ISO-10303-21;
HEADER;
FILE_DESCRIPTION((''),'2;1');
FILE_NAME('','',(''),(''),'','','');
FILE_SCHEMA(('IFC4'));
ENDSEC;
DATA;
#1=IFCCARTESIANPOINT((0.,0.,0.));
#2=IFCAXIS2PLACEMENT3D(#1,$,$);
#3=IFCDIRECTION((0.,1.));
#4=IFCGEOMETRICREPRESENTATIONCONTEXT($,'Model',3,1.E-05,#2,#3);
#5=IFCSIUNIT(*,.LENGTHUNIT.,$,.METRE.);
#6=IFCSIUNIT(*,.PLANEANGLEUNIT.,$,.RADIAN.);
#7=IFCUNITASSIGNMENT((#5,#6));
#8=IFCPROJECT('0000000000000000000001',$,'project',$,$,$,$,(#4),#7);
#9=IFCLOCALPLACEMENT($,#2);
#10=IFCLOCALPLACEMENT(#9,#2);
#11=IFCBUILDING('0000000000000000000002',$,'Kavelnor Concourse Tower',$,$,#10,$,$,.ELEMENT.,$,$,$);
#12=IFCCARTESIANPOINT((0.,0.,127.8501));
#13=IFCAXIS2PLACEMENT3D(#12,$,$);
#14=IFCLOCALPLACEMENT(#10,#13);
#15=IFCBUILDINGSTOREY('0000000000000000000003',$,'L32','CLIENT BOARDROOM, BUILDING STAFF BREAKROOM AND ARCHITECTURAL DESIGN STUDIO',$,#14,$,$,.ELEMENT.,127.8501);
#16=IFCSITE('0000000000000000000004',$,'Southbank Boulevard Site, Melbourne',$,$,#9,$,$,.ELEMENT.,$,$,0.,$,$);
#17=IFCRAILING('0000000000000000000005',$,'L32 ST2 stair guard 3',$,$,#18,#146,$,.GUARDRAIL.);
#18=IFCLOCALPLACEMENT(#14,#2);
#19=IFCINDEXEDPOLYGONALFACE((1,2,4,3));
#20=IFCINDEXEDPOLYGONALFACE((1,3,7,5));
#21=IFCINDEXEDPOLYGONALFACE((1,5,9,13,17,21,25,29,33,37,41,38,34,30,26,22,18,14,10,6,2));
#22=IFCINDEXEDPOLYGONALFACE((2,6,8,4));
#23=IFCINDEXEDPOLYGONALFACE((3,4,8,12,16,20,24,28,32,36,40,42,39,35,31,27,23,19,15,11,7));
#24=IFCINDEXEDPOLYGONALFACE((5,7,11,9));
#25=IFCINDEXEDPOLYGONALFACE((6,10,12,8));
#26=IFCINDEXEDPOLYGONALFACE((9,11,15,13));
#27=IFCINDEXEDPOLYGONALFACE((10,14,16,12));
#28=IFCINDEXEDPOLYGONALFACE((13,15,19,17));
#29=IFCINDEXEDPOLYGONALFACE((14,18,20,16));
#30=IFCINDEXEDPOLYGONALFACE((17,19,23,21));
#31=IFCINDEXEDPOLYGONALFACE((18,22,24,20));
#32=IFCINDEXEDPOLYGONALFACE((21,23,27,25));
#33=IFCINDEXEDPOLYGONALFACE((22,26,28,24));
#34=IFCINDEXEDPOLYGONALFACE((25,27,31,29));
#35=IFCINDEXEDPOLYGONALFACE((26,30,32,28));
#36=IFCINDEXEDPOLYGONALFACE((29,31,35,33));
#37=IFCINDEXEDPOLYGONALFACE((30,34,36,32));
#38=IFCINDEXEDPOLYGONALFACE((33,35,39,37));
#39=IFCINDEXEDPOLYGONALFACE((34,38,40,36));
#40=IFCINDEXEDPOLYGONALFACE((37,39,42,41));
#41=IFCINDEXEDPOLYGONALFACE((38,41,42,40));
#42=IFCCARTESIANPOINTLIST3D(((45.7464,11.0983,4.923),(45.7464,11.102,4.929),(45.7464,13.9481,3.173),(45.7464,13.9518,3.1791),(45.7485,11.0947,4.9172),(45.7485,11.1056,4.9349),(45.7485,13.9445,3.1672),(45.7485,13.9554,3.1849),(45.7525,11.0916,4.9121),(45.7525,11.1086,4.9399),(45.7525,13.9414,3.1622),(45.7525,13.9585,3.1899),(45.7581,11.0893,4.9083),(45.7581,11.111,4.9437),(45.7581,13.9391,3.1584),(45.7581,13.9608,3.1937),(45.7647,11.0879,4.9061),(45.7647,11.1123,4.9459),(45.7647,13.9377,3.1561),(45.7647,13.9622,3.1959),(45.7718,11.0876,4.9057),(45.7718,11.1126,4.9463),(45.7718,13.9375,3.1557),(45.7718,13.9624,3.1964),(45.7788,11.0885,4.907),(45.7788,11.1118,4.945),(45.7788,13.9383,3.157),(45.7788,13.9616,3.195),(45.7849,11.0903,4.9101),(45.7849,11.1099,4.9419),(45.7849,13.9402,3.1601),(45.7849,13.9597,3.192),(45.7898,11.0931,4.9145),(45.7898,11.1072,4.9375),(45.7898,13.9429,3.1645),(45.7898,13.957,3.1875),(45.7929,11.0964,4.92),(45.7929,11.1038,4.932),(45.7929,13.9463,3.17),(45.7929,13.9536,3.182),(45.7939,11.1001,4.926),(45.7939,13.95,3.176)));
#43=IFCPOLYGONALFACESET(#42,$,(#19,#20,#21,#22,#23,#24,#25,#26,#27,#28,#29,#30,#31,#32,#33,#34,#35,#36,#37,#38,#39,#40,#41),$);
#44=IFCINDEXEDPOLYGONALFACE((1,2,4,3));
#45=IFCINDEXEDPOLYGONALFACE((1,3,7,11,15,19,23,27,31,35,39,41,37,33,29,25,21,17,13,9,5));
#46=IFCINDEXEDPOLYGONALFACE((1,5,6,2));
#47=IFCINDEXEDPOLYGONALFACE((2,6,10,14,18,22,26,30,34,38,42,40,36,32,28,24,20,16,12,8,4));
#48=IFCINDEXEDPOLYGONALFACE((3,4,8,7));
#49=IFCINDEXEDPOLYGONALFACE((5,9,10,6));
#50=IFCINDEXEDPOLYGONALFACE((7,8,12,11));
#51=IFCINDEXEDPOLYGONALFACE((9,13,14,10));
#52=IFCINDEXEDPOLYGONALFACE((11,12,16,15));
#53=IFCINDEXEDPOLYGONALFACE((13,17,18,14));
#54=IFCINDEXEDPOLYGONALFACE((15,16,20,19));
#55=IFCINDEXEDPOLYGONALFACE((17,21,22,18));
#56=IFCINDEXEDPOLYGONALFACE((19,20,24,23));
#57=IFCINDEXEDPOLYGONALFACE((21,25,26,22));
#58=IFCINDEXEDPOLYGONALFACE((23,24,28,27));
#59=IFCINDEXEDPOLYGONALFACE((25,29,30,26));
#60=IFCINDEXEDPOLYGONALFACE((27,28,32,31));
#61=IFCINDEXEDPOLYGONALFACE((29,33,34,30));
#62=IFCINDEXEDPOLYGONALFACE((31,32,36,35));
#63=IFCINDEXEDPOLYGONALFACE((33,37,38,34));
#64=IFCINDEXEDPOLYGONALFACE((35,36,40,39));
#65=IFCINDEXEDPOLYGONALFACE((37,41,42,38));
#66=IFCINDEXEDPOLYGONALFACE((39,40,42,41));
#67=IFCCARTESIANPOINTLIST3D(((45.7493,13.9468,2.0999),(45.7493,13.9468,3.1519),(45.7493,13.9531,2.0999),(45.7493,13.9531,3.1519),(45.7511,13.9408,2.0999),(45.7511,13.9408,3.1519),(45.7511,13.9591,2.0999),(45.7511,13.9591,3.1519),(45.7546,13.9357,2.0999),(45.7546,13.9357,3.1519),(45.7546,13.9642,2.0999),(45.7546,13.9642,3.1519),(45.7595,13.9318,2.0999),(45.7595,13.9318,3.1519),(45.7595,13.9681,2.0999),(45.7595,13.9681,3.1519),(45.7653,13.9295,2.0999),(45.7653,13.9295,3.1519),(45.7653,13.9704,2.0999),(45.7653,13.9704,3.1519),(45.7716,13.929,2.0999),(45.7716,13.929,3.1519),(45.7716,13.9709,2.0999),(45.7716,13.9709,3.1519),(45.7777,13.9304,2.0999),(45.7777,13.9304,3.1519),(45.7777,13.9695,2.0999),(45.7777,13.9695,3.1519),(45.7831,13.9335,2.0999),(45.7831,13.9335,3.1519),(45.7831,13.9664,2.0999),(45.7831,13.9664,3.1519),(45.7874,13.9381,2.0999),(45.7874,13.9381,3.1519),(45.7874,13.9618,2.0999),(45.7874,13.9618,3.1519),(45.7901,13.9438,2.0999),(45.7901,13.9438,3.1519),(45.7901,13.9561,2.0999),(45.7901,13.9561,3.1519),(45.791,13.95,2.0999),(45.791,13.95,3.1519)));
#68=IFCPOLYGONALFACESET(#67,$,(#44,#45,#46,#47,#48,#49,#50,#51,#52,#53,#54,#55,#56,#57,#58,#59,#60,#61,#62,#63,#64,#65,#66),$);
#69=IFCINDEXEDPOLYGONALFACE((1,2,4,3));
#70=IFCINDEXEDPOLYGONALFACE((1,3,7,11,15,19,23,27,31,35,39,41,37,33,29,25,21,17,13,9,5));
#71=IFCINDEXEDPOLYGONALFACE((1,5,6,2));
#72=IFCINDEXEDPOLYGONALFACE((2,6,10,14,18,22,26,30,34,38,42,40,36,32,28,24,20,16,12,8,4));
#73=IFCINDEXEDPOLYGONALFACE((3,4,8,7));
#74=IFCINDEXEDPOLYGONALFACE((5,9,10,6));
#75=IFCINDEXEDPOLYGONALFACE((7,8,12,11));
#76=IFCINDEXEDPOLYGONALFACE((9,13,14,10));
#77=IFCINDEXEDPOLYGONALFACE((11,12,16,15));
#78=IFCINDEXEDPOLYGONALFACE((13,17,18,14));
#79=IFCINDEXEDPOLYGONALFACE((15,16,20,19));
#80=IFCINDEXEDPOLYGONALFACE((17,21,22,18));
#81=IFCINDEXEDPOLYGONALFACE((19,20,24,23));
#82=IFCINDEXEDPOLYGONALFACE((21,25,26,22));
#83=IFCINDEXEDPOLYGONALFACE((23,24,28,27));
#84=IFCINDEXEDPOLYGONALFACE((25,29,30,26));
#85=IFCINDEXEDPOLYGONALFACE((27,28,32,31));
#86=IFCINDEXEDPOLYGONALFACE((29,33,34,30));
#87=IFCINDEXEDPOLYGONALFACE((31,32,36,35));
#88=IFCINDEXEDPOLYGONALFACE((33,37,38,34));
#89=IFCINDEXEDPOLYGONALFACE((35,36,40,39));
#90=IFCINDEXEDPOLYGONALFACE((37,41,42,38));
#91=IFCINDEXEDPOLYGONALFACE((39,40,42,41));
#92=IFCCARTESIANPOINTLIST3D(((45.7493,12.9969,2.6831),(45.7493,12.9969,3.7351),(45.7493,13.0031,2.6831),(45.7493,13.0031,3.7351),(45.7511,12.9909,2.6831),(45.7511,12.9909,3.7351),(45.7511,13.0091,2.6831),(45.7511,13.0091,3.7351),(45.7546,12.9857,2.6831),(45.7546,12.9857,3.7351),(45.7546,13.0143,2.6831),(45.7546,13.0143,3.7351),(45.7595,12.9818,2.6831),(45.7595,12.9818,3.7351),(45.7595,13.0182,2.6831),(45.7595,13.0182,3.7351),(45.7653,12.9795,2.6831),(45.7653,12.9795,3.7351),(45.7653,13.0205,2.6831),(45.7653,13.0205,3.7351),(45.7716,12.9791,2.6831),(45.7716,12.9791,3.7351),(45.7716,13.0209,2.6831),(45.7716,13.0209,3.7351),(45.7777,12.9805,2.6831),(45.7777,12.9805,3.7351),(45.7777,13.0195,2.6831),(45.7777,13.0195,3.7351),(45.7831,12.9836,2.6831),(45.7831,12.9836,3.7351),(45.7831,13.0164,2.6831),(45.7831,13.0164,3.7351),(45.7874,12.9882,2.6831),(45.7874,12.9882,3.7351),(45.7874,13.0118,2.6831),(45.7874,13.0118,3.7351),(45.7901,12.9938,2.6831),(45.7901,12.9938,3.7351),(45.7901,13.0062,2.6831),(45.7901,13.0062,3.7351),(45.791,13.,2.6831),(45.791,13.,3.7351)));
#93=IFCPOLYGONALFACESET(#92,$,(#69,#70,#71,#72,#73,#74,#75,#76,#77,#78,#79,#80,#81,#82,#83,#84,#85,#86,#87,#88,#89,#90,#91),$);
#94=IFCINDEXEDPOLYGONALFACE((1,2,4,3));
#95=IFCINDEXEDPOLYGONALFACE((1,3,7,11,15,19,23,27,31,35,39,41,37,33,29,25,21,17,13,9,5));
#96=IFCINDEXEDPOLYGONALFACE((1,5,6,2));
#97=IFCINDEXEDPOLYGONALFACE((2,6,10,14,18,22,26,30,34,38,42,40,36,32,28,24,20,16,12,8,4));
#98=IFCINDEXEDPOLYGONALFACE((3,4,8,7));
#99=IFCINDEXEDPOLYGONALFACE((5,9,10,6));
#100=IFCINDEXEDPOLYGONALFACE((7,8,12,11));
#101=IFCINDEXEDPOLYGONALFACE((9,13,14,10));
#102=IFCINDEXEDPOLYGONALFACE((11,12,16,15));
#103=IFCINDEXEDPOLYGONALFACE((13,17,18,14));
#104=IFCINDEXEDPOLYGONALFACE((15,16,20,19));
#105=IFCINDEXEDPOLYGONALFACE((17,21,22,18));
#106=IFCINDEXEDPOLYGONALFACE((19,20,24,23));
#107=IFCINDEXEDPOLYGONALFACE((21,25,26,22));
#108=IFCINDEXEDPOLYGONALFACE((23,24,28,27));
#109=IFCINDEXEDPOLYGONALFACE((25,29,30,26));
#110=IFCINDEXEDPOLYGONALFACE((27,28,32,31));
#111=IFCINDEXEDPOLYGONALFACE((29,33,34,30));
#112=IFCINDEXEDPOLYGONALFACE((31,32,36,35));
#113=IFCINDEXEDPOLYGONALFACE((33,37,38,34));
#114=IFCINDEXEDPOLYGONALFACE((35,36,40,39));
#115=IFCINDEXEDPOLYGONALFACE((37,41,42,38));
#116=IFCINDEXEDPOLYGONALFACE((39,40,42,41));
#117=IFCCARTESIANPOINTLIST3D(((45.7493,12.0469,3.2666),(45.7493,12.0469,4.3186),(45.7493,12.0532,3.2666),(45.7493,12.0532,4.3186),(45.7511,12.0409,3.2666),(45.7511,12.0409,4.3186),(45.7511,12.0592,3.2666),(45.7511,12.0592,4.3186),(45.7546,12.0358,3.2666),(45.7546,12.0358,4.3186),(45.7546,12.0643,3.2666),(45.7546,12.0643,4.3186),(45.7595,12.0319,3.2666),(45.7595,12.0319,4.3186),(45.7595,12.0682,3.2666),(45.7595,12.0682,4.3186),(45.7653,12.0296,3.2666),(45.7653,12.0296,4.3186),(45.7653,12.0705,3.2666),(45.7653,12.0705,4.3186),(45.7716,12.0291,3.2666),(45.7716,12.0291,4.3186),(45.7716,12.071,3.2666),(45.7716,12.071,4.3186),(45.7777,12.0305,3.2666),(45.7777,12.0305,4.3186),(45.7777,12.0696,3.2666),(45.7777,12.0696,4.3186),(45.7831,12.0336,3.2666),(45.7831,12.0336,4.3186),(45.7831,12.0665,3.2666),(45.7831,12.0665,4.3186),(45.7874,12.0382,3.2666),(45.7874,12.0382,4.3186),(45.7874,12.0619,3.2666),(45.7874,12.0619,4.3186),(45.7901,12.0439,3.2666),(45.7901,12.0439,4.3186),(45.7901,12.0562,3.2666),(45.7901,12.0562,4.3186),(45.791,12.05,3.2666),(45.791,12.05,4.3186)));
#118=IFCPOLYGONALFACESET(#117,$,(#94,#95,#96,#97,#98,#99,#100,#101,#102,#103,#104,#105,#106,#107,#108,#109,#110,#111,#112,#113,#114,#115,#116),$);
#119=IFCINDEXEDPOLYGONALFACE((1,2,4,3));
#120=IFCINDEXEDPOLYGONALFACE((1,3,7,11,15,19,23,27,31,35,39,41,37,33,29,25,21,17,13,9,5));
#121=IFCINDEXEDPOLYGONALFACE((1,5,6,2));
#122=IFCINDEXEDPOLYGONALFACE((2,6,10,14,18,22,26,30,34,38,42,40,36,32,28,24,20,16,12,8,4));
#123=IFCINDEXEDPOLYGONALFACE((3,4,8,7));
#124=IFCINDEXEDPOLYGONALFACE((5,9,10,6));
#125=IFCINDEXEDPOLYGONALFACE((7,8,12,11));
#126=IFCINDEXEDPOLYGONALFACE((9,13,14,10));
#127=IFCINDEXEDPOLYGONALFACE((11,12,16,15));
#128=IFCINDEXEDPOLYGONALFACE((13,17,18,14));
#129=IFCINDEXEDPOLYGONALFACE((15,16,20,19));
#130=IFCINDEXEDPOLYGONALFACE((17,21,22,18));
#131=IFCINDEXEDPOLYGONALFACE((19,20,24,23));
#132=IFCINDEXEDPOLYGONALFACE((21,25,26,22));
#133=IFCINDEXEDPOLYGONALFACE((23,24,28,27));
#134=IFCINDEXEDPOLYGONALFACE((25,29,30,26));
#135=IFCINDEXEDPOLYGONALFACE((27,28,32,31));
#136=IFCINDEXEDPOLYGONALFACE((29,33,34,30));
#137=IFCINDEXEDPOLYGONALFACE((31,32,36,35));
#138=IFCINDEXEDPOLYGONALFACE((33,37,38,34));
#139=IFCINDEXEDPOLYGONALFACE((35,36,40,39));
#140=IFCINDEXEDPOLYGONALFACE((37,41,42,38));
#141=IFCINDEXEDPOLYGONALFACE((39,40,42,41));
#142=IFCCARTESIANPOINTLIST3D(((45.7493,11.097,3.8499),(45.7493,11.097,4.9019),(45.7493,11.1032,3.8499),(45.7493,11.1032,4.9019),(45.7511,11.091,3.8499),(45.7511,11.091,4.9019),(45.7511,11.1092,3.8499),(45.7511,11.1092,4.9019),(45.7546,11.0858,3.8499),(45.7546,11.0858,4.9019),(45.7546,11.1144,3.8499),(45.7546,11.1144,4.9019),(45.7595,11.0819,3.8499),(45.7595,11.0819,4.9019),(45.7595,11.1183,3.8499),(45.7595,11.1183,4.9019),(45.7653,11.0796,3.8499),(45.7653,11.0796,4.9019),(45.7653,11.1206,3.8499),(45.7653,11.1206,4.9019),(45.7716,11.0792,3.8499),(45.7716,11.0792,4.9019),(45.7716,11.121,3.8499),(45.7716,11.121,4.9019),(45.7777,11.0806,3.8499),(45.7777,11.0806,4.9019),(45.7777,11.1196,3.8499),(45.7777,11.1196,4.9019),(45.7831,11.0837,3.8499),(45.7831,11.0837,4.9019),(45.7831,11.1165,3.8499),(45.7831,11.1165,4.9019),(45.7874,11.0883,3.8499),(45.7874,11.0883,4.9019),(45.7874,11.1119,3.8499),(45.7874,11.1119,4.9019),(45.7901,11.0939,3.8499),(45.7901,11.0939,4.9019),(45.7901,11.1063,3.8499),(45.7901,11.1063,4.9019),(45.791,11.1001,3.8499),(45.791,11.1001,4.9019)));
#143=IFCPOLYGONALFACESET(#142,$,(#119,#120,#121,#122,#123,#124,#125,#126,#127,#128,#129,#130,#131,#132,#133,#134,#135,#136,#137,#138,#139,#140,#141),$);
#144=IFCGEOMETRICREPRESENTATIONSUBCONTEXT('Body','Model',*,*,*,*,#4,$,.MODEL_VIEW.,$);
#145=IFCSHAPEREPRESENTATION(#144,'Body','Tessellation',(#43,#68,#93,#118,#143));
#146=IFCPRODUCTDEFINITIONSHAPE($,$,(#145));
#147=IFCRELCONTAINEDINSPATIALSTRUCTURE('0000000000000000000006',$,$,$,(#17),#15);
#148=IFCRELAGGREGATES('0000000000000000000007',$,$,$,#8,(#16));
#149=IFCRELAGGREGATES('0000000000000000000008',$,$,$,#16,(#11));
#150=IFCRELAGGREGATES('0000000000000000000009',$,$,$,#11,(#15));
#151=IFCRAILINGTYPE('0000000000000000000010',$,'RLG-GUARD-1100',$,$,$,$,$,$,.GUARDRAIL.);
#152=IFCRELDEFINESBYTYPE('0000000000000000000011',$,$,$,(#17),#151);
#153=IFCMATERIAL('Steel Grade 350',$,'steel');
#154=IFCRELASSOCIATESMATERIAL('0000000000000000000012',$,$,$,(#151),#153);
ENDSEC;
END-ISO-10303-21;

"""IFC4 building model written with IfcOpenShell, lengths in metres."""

from ifc_helpers import new_model, si_unit, direction, frame, origin, origin_2d, place, context, subcontext, project, spatial, circle, extrude, material, type_object, element, save


model = new_model("IFC4")

# Units and contexts
model_context = context("Model", 3, precision=1e-05, world=origin(), true_north=direction((0.0, 1.0)))
body_context = subcontext(model_context, "Body", "Model", "MODEL_VIEW")
ifc_project = project(units=[si_unit("LENGTHUNIT", "METRE"), si_unit("PLANEANGLEUNIT", "RADIAN")], contexts=[model_context])

# Site, building, storey
site_placement = place(None, origin())
site = spatial("IfcSite", under=ifc_project, at=site_placement, Name="Southbank Boulevard Site, Melbourne", CompositionType="ELEMENT", RefElevation=0.0)
building_placement = place(site_placement, origin())
building = spatial("IfcBuilding", under=site, at=building_placement, Name="Kavelnor Concourse Tower", CompositionType="ELEMENT")
storey_placement = place(building_placement, frame((0.0, 0.0, 127.8501)))
storey = spatial("IfcBuildingStorey", under=building, at=storey_placement, Name="L32", Description="CLIENT BOARDROOM, BUILDING STAFF BREAKROOM AND ARCHITECTURAL DESIGN STUDIO", CompositionType="ELEMENT", Elevation=127.8501)

# Shared definitions
ifc_material_1 = material(Name="Steel Grade 350", Category="steel")

# Railing
railing_type_1 = type_object("IfcRailingType", Name="RLG-GUARD-1100", PredefinedType="GUARDRAIL", material=ifc_material_1)
railing_1_placement = place(storey_placement, frame((45.77, 13.95, 2.0999)))
element("IfcRailing", 1, at=railing_1_placement, inside=storey, type_object=railing_type_1, Name="L32 ST2 stair guard 3", PredefinedType="GUARDRAIL", context=body_context, shape_type="SweptSolid", body=[
    extrude(circle(Radius=0.0239, at=origin_2d()), frame((0.0, 0.0, 1.0762), z_axis=(0.0, -0.852159, 0.523283), x_axis=(1.0, 0.0, 0.0)), (0.0, 0.0, 1.0), 3.3442),
    extrude(circle(Radius=0.021, at=origin_2d()), origin(), (0.0, 0.0, 1.0), 1.052),
    extrude(circle(Radius=0.021, at=origin_2d()), frame((0.0, -0.95, 0.5833)), (0.0, 0.0, 1.0), 1.052),
    extrude(circle(Radius=0.021, at=origin_2d()), frame((0.0, -1.8999, 1.1667)), (0.0, 0.0, 1.0), 1.052),
    extrude(circle(Radius=0.021, at=origin_2d()), frame((0.0, -2.8499, 1.75)), (0.0, 0.0, 1.0), 1.052),
])

save(model, "model.ifc")
